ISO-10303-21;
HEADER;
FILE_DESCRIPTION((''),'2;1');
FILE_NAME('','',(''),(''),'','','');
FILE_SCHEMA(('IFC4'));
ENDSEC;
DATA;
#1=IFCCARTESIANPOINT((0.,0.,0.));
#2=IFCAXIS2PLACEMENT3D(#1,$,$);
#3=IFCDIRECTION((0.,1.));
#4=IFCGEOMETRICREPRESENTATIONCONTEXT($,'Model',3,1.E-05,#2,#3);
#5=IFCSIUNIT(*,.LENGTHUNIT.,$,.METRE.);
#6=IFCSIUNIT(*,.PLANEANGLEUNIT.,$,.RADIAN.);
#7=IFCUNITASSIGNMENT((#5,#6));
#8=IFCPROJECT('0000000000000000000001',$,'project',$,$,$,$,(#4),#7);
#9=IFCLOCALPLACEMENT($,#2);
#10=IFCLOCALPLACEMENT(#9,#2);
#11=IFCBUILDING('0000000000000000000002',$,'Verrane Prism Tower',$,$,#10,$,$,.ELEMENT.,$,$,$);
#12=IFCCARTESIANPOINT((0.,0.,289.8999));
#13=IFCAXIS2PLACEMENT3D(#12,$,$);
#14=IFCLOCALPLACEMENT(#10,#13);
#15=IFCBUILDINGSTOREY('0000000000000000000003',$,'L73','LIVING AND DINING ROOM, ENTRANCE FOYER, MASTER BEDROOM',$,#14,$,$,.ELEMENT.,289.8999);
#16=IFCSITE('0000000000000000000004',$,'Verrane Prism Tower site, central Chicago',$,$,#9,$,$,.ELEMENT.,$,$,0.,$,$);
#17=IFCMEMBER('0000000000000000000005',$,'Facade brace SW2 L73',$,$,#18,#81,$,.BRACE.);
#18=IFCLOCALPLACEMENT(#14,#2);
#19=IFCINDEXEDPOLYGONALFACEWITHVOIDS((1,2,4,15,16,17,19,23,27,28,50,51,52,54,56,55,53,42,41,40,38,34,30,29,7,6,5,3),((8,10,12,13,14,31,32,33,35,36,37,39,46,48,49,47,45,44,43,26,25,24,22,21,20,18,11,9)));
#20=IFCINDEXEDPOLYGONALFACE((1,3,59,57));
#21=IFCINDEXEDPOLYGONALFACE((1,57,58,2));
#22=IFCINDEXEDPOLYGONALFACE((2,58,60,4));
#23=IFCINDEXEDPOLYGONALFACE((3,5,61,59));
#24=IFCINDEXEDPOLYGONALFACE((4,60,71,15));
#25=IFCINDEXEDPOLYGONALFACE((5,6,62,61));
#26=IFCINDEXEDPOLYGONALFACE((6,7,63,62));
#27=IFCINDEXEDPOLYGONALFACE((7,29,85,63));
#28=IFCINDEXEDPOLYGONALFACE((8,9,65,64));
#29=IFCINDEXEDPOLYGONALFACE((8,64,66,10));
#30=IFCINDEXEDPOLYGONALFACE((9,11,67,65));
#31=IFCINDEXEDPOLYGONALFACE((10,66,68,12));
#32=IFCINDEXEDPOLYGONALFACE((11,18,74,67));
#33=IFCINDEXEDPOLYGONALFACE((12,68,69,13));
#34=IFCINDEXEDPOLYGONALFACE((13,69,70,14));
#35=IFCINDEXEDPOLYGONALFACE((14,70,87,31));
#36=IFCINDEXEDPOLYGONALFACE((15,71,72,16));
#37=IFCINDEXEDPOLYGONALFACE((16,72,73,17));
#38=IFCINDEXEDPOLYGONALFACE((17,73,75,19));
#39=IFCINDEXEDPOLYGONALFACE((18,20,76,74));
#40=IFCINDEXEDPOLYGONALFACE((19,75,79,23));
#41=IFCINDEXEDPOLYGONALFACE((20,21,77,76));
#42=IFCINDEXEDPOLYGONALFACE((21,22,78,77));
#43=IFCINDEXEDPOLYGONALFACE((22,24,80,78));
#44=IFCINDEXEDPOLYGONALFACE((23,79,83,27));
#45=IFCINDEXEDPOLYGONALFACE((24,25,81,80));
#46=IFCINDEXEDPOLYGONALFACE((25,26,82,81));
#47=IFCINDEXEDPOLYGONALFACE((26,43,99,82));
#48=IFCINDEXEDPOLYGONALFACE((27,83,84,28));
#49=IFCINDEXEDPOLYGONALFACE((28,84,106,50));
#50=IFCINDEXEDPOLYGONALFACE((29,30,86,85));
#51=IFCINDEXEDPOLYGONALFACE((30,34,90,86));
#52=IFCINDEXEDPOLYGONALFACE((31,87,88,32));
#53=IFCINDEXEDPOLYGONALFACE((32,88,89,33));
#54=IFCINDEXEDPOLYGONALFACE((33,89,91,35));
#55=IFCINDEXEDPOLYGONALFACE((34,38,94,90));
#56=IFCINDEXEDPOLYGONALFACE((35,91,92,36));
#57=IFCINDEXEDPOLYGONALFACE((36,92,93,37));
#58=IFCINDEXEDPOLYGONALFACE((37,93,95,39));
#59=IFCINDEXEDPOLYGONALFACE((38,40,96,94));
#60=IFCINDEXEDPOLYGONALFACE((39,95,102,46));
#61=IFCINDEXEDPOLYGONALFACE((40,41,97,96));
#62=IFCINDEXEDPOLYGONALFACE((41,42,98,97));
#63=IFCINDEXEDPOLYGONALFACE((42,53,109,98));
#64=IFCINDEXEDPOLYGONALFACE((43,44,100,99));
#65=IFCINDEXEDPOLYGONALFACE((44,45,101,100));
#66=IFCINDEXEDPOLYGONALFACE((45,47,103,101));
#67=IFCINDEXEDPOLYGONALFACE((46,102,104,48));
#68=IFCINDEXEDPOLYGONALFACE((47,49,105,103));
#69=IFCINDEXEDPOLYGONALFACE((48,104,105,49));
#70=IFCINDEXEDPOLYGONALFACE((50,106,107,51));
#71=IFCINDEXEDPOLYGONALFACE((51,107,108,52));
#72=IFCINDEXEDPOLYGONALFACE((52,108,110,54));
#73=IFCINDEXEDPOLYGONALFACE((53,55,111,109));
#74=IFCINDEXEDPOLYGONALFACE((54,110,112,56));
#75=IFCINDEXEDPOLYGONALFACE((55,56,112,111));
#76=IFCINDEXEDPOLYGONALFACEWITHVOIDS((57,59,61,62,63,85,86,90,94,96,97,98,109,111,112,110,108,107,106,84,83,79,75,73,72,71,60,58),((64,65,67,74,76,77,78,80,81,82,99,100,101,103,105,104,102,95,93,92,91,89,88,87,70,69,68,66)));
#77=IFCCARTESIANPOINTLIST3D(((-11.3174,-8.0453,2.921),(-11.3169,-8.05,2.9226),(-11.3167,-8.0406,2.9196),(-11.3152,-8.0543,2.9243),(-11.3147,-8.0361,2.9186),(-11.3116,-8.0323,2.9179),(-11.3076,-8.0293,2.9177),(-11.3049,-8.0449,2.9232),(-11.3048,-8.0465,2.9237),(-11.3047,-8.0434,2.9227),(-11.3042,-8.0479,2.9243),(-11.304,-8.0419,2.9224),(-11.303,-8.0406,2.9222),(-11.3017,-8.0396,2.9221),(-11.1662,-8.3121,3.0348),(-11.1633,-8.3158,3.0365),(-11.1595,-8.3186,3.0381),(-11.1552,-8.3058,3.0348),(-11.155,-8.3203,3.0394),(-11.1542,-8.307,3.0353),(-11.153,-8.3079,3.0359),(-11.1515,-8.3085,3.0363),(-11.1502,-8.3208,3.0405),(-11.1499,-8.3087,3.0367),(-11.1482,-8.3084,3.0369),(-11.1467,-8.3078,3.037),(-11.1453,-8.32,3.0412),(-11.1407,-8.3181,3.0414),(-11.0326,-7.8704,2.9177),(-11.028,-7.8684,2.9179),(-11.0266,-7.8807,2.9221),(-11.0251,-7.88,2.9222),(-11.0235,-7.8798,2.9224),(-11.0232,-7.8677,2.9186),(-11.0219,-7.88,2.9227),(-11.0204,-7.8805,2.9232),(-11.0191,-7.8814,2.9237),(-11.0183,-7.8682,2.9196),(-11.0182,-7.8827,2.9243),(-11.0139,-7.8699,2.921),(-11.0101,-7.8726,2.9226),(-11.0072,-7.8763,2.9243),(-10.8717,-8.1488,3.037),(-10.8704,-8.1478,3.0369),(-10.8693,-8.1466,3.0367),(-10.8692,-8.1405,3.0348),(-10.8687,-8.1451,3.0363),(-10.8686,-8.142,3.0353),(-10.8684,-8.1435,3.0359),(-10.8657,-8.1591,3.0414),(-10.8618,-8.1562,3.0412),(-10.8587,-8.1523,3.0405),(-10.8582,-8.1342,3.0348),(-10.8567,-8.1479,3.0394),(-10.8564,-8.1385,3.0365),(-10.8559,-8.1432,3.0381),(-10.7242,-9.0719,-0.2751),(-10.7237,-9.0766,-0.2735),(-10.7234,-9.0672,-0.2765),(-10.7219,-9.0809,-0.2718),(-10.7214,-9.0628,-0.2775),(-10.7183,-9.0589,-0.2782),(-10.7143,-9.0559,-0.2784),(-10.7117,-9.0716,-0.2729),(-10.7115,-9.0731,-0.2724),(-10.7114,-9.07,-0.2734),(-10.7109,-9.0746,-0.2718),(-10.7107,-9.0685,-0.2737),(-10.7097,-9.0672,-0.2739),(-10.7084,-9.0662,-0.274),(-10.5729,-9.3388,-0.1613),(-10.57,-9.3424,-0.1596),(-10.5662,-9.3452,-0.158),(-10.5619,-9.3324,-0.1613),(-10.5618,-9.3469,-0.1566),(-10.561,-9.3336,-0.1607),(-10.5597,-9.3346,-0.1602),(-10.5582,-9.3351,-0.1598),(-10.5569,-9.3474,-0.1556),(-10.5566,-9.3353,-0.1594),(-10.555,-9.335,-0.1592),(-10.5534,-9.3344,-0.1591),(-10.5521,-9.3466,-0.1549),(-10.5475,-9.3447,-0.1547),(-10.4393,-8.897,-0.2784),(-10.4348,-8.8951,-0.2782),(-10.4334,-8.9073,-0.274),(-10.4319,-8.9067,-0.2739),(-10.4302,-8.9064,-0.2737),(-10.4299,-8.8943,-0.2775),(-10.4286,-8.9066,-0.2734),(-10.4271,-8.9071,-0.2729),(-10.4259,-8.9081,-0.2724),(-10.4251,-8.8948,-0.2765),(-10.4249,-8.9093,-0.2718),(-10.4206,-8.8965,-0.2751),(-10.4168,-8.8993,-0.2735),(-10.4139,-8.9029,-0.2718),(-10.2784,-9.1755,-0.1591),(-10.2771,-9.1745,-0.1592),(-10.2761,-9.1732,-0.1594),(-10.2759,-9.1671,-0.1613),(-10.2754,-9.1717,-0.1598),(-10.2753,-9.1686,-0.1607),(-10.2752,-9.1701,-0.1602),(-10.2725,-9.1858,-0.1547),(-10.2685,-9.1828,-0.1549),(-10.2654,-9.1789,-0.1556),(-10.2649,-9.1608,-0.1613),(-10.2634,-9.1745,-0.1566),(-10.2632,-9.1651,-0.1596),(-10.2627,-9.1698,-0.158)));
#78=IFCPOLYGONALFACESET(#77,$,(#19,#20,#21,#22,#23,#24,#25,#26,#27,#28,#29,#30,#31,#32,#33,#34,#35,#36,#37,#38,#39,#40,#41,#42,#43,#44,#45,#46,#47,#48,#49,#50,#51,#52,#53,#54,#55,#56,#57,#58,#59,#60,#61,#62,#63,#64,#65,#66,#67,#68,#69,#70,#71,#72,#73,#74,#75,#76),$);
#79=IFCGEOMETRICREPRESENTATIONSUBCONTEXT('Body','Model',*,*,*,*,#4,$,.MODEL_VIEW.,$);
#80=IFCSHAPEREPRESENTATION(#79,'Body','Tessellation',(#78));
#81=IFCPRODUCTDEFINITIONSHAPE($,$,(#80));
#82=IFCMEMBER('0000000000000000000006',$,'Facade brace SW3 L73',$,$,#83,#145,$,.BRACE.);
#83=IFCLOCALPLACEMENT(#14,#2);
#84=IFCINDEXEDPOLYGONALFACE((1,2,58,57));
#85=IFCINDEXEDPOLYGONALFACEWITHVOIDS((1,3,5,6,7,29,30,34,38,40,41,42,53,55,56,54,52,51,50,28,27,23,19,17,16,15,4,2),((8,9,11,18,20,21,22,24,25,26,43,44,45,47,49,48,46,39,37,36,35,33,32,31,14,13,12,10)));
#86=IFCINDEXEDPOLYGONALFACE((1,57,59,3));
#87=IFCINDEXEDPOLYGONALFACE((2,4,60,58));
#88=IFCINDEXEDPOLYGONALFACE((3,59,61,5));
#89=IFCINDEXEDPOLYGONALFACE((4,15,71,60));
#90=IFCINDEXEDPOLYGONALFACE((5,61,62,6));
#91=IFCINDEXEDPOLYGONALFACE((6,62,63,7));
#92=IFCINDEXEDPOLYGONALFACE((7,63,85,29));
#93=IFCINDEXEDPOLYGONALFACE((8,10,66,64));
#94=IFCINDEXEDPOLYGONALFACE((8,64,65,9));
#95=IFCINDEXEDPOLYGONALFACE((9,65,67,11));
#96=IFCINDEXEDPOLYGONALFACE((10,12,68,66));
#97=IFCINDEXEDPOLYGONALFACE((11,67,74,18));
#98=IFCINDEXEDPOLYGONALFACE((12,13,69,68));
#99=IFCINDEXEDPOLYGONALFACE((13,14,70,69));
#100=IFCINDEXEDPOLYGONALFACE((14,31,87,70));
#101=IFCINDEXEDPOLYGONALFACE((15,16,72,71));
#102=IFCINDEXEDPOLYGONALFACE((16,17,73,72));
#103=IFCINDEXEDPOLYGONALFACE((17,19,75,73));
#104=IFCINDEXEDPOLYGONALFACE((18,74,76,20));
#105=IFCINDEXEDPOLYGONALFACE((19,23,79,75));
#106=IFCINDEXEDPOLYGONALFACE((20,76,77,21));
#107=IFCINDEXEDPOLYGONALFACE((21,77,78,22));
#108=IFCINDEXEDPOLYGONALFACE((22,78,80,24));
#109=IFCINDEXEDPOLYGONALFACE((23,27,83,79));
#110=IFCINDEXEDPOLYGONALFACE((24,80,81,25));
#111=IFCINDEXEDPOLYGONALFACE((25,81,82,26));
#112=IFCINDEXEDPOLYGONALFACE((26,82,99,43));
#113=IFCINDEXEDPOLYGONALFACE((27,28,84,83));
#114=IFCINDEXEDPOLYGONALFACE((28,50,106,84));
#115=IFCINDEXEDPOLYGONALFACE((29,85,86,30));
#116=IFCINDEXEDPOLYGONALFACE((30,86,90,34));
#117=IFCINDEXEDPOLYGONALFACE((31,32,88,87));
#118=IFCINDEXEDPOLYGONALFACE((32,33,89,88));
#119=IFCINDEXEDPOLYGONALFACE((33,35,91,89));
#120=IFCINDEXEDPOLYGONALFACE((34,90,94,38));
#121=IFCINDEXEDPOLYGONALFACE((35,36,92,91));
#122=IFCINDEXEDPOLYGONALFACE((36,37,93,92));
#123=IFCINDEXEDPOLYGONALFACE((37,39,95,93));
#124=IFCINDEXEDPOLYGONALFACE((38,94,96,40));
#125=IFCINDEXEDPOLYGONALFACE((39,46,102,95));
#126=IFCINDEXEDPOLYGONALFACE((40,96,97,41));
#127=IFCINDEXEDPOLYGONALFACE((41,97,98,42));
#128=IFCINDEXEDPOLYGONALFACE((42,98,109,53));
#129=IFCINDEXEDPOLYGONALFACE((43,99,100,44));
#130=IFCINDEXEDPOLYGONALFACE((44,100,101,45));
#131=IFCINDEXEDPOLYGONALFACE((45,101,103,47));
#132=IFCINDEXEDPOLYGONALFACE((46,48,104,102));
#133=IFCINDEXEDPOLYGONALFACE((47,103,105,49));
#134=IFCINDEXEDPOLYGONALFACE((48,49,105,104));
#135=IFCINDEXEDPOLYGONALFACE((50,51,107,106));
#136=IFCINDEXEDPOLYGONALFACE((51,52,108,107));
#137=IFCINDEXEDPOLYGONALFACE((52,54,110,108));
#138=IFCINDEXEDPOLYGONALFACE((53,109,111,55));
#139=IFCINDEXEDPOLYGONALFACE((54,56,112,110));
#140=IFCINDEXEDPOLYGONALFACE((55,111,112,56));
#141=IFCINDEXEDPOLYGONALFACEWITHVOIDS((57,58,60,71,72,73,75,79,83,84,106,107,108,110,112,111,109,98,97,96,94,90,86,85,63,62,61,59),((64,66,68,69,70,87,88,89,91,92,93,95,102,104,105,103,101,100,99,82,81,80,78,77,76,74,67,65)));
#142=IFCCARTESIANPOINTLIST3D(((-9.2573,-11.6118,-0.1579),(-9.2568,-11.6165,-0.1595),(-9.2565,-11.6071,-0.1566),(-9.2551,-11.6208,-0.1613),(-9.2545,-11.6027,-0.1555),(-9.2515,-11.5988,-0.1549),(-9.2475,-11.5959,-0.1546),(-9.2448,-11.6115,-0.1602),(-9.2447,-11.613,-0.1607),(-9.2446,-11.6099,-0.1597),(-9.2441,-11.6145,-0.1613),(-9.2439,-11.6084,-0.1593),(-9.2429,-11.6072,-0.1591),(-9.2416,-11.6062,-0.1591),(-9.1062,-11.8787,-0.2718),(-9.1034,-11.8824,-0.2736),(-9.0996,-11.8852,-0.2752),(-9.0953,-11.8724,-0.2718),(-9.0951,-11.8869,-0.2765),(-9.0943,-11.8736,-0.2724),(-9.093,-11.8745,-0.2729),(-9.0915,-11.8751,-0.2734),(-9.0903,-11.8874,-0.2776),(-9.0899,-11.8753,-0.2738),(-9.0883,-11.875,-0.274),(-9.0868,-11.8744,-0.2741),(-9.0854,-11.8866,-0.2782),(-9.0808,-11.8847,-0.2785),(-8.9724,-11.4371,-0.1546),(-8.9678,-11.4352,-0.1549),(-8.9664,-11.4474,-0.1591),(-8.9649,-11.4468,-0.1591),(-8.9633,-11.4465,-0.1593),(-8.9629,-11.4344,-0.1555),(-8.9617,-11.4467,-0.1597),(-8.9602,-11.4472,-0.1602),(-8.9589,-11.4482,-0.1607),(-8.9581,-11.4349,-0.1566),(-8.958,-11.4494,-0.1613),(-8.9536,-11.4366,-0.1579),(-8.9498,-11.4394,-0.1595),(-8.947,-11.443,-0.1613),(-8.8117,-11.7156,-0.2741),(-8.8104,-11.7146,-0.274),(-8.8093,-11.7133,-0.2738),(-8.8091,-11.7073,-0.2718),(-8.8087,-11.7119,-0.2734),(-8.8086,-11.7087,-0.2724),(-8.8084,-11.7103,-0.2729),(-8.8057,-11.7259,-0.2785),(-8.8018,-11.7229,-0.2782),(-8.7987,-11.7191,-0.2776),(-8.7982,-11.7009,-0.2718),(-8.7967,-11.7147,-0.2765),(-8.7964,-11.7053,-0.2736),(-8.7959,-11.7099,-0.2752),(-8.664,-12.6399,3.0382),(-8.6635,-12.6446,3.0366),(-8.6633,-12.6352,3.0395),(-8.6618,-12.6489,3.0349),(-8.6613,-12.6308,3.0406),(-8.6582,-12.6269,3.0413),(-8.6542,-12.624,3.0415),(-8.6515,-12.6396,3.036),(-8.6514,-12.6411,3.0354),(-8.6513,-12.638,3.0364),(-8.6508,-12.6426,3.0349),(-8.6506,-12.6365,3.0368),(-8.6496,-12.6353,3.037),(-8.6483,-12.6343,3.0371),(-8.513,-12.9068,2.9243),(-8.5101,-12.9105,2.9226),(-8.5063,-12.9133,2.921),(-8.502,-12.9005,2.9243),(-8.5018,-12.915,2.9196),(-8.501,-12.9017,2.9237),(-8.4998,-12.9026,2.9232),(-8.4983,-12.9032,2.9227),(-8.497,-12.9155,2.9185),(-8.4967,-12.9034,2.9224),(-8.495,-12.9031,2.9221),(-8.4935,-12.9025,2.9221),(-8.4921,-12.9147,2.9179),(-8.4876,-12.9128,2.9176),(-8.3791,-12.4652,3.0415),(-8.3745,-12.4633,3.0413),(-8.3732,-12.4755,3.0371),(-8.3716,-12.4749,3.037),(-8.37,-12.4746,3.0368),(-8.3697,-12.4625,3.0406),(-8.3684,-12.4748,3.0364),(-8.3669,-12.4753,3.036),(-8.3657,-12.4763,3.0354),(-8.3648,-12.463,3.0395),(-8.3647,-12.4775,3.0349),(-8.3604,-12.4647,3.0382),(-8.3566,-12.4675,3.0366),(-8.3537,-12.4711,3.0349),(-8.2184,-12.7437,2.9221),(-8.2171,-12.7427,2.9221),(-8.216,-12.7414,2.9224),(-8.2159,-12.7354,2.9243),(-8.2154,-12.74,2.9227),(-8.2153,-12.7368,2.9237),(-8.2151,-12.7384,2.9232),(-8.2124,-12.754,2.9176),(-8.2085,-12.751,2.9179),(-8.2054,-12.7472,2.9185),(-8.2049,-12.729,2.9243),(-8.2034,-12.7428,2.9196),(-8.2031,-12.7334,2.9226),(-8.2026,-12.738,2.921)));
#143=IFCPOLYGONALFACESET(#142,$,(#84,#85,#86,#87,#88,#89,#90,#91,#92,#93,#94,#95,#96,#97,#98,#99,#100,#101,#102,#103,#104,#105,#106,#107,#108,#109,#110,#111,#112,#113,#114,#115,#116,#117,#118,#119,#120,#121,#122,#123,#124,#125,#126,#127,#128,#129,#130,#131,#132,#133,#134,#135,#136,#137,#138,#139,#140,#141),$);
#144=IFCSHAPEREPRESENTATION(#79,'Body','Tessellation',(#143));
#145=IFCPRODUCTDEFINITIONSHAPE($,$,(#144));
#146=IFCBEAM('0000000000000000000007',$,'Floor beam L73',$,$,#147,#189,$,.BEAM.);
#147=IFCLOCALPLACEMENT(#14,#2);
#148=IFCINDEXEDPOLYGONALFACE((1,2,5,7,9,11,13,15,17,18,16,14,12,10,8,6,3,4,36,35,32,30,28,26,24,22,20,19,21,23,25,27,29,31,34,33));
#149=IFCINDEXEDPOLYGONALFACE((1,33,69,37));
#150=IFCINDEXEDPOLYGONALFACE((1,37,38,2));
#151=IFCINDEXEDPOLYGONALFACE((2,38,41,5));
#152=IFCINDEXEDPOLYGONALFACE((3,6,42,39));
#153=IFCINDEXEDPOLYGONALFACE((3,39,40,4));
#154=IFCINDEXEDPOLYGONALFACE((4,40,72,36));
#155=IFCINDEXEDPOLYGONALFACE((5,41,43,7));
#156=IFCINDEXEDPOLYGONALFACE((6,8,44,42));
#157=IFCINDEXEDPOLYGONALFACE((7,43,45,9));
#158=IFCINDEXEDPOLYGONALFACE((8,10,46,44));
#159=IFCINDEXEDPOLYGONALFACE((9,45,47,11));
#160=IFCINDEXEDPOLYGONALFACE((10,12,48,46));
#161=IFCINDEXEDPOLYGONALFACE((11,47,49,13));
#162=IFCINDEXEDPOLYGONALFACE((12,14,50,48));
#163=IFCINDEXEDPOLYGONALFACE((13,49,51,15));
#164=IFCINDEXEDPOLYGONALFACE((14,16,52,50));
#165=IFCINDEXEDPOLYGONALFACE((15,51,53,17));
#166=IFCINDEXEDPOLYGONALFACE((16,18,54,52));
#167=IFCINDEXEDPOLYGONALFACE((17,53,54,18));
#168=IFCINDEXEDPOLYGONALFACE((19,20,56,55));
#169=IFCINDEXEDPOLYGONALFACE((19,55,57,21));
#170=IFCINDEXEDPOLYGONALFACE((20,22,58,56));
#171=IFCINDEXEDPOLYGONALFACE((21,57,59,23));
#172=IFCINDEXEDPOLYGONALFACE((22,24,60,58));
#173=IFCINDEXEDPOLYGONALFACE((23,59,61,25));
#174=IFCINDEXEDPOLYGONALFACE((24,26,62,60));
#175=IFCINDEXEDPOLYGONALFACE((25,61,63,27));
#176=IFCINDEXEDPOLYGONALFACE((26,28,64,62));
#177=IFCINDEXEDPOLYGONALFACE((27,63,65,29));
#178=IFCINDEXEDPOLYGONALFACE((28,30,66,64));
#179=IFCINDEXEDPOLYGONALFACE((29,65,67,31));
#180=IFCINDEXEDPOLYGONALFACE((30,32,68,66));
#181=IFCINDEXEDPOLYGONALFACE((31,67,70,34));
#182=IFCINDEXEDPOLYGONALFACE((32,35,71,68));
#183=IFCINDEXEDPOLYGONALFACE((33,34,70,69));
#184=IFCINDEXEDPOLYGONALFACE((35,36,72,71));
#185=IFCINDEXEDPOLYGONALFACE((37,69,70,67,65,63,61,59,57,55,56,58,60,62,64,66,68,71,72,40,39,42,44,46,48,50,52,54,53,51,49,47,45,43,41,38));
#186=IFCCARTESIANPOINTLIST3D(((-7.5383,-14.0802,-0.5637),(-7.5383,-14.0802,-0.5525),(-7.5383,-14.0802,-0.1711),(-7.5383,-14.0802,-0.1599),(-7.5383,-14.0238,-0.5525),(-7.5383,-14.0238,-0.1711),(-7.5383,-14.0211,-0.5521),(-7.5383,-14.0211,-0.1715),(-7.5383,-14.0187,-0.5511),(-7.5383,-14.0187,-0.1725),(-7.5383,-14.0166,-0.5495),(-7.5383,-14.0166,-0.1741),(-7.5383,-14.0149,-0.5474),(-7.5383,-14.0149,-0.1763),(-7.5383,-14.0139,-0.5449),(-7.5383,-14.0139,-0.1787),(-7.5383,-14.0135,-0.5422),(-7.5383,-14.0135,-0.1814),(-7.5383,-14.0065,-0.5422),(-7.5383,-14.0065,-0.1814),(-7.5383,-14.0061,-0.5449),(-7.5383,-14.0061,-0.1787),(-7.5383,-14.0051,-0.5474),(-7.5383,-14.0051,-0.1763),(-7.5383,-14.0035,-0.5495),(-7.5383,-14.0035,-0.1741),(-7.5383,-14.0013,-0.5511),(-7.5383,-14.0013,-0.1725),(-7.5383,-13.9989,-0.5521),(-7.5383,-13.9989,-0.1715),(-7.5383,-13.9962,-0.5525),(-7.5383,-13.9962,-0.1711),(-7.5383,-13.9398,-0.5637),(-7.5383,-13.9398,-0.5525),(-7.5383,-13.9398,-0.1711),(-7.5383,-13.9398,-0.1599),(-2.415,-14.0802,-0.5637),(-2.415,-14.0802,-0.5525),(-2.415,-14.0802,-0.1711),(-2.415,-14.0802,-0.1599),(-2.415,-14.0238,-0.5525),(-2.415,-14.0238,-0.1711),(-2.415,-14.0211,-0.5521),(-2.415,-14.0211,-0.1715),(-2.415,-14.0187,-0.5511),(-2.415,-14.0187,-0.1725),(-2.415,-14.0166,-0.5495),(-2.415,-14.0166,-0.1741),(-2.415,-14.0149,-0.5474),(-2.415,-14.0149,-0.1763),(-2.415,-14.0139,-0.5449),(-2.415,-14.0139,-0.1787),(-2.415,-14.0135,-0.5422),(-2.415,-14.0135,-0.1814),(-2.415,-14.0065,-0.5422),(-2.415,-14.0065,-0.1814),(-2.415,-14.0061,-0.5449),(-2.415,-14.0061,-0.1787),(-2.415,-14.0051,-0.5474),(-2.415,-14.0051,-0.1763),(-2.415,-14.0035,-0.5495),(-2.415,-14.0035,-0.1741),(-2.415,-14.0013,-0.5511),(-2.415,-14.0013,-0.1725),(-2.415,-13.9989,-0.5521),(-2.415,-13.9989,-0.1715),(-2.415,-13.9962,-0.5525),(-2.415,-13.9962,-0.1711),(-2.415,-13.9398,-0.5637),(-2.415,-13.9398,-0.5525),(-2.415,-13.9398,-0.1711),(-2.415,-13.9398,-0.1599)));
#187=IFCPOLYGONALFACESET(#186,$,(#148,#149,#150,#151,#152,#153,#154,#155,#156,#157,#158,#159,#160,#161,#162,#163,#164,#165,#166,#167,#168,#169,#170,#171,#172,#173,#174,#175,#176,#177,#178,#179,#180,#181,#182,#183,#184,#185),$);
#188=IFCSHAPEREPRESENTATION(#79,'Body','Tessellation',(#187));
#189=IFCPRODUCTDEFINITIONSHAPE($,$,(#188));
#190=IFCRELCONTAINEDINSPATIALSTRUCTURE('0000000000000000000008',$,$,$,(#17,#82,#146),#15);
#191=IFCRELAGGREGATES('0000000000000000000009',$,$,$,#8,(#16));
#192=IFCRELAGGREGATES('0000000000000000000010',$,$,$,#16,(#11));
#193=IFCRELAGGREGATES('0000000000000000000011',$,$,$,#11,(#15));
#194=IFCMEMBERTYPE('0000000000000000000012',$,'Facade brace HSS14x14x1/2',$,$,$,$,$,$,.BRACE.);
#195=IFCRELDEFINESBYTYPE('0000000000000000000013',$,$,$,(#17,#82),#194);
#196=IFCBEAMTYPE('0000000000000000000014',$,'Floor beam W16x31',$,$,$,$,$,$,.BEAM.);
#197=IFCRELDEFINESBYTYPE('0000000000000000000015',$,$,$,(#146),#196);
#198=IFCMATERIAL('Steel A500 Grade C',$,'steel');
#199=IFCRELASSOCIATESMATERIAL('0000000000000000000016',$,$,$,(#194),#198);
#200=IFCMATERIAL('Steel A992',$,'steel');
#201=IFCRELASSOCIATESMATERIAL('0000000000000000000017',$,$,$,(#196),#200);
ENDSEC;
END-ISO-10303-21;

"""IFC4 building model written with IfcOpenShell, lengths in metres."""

from ifc_helpers import new_model, si_unit, direction, frame, origin, origin_2d, place, context, subcontext, project, spatial, hollow_rectangle, i_section, extrude, material, material_profile, profile_set, type_object, element, save


model = new_model("IFC4")

# Units and contexts
model_context = context("Model", 3, precision=1e-05, world=origin(), true_north=direction((0.0, 1.0)))
body_context = subcontext(model_context, "Body", "Model", "MODEL_VIEW")
ifc_project = project(units=[si_unit("LENGTHUNIT", "METRE"), si_unit("PLANEANGLEUNIT", "RADIAN")], contexts=[model_context])

# Site, building, storey
site_placement = place(None, origin())
site = spatial("IfcSite", under=ifc_project, at=site_placement, Name="Verrane Prism Tower site, central Chicago", CompositionType="ELEMENT", RefElevation=0.0)
building_placement = place(site_placement, origin())
building = spatial("IfcBuilding", under=site, at=building_placement, Name="Verrane Prism Tower", CompositionType="ELEMENT")
storey_placement = place(building_placement, frame((0.0, 0.0, 289.8999)))
storey = spatial("IfcBuildingStorey", under=building, at=storey_placement, Name="L73", Description="LIVING AND DINING ROOM, ENTRANCE FOYER, MASTER BEDROOM", CompositionType="ELEMENT", Elevation=289.8999)

# Members
ifc_material_1 = material(Name="Steel A500 Grade C", Category="steel")
ifc_material_profile_1 = material_profile(ifc_material_1, hollow_rectangle(XDim=0.3557, YDim=0.3557, WallThickness=0.0127, InnerFilletRadius=0.0063, OuterFilletRadius=0.019, at=origin_2d()), Name="HSS14x14x1/2")
ifc_profile_set_1 = profile_set([ifc_material_profile_1], Name="Steel A500 Grade C")
member_type_1 = type_object("IfcMemberType", Name="Facade brace HSS14x14x1/2", PredefinedType="BRACE", material=ifc_profile_set_1)
member_1_placement = place(storey_placement, frame((-10.4934, -9.1208, -0.2166), z_axis=(-0.174033, 0.301156, 0.937559), x_axis=(-0.865825, -0.500346, 0.0)))
element("IfcMember", 1, at=member_1_placement, inside=storey, type_object=member_type_1, Name="Facade brace SW2 L73", PredefinedType="BRACE", context=body_context, shape_type="SweptSolid", body=[
    extrude(hollow_rectangle(XDim=0.3557, YDim=0.3557, WallThickness=0.0127, InnerFilletRadius=0.0063, OuterFilletRadius=0.019, at=origin_2d()), origin(), (0.0, 0.0, 1.0), 3.4089),
])
member_2_placement = place(storey_placement, frame((-9.0266, -11.6609, -0.2166), z_axis=(0.174011, -0.301547, 0.937438), x_axis=(0.866134, 0.499811, 0.0)))
element("IfcMember", 2, at=member_2_placement, inside=storey, type_object=member_type_1, Name="Facade brace SW3 L73", PredefinedType="BRACE", context=body_context, shape_type="SweptSolid", body=[
    extrude(hollow_rectangle(XDim=0.3557, YDim=0.3557, WallThickness=0.0127, InnerFilletRadius=0.0063, OuterFilletRadius=0.019, at=origin_2d()), origin(), (0.0, 0.0, 1.0), 3.4094),
])

# Beam
ifc_material_2 = material(Name="Steel A992", Category="steel")
ifc_material_profile_2 = material_profile(ifc_material_2, i_section(OverallWidth=0.1404, OverallDepth=0.4038, WebThickness=0.0071, FlangeThickness=0.0112, FilletRadius=0.0103, at=origin_2d()), Name="W16x31")
ifc_profile_set_2 = profile_set([ifc_material_profile_2], Name="Steel A992")
beam_type_1 = type_object("IfcBeamType", Name="Floor beam W16x31", PredefinedType="BEAM", material=ifc_profile_set_2)
beam_1_placement = place(storey_placement, frame((-7.5383, -14.01, -0.3618), z_axis=(1.0, 0.0, 0.0), x_axis=(0.0, 1.0, 0.0)))
element("IfcBeam", 3, at=beam_1_placement, inside=storey, type_object=beam_type_1, Name="Floor beam L73", PredefinedType="BEAM", context=body_context, shape_type="SweptSolid", body=[
    extrude(i_section(OverallWidth=0.1404, OverallDepth=0.4038, WebThickness=0.0071, FlangeThickness=0.0112, FilletRadius=0.0103, at=origin_2d()), origin(), (0.0, 0.0, 1.0), 5.1233),
])

save(model, "model.ifc")
